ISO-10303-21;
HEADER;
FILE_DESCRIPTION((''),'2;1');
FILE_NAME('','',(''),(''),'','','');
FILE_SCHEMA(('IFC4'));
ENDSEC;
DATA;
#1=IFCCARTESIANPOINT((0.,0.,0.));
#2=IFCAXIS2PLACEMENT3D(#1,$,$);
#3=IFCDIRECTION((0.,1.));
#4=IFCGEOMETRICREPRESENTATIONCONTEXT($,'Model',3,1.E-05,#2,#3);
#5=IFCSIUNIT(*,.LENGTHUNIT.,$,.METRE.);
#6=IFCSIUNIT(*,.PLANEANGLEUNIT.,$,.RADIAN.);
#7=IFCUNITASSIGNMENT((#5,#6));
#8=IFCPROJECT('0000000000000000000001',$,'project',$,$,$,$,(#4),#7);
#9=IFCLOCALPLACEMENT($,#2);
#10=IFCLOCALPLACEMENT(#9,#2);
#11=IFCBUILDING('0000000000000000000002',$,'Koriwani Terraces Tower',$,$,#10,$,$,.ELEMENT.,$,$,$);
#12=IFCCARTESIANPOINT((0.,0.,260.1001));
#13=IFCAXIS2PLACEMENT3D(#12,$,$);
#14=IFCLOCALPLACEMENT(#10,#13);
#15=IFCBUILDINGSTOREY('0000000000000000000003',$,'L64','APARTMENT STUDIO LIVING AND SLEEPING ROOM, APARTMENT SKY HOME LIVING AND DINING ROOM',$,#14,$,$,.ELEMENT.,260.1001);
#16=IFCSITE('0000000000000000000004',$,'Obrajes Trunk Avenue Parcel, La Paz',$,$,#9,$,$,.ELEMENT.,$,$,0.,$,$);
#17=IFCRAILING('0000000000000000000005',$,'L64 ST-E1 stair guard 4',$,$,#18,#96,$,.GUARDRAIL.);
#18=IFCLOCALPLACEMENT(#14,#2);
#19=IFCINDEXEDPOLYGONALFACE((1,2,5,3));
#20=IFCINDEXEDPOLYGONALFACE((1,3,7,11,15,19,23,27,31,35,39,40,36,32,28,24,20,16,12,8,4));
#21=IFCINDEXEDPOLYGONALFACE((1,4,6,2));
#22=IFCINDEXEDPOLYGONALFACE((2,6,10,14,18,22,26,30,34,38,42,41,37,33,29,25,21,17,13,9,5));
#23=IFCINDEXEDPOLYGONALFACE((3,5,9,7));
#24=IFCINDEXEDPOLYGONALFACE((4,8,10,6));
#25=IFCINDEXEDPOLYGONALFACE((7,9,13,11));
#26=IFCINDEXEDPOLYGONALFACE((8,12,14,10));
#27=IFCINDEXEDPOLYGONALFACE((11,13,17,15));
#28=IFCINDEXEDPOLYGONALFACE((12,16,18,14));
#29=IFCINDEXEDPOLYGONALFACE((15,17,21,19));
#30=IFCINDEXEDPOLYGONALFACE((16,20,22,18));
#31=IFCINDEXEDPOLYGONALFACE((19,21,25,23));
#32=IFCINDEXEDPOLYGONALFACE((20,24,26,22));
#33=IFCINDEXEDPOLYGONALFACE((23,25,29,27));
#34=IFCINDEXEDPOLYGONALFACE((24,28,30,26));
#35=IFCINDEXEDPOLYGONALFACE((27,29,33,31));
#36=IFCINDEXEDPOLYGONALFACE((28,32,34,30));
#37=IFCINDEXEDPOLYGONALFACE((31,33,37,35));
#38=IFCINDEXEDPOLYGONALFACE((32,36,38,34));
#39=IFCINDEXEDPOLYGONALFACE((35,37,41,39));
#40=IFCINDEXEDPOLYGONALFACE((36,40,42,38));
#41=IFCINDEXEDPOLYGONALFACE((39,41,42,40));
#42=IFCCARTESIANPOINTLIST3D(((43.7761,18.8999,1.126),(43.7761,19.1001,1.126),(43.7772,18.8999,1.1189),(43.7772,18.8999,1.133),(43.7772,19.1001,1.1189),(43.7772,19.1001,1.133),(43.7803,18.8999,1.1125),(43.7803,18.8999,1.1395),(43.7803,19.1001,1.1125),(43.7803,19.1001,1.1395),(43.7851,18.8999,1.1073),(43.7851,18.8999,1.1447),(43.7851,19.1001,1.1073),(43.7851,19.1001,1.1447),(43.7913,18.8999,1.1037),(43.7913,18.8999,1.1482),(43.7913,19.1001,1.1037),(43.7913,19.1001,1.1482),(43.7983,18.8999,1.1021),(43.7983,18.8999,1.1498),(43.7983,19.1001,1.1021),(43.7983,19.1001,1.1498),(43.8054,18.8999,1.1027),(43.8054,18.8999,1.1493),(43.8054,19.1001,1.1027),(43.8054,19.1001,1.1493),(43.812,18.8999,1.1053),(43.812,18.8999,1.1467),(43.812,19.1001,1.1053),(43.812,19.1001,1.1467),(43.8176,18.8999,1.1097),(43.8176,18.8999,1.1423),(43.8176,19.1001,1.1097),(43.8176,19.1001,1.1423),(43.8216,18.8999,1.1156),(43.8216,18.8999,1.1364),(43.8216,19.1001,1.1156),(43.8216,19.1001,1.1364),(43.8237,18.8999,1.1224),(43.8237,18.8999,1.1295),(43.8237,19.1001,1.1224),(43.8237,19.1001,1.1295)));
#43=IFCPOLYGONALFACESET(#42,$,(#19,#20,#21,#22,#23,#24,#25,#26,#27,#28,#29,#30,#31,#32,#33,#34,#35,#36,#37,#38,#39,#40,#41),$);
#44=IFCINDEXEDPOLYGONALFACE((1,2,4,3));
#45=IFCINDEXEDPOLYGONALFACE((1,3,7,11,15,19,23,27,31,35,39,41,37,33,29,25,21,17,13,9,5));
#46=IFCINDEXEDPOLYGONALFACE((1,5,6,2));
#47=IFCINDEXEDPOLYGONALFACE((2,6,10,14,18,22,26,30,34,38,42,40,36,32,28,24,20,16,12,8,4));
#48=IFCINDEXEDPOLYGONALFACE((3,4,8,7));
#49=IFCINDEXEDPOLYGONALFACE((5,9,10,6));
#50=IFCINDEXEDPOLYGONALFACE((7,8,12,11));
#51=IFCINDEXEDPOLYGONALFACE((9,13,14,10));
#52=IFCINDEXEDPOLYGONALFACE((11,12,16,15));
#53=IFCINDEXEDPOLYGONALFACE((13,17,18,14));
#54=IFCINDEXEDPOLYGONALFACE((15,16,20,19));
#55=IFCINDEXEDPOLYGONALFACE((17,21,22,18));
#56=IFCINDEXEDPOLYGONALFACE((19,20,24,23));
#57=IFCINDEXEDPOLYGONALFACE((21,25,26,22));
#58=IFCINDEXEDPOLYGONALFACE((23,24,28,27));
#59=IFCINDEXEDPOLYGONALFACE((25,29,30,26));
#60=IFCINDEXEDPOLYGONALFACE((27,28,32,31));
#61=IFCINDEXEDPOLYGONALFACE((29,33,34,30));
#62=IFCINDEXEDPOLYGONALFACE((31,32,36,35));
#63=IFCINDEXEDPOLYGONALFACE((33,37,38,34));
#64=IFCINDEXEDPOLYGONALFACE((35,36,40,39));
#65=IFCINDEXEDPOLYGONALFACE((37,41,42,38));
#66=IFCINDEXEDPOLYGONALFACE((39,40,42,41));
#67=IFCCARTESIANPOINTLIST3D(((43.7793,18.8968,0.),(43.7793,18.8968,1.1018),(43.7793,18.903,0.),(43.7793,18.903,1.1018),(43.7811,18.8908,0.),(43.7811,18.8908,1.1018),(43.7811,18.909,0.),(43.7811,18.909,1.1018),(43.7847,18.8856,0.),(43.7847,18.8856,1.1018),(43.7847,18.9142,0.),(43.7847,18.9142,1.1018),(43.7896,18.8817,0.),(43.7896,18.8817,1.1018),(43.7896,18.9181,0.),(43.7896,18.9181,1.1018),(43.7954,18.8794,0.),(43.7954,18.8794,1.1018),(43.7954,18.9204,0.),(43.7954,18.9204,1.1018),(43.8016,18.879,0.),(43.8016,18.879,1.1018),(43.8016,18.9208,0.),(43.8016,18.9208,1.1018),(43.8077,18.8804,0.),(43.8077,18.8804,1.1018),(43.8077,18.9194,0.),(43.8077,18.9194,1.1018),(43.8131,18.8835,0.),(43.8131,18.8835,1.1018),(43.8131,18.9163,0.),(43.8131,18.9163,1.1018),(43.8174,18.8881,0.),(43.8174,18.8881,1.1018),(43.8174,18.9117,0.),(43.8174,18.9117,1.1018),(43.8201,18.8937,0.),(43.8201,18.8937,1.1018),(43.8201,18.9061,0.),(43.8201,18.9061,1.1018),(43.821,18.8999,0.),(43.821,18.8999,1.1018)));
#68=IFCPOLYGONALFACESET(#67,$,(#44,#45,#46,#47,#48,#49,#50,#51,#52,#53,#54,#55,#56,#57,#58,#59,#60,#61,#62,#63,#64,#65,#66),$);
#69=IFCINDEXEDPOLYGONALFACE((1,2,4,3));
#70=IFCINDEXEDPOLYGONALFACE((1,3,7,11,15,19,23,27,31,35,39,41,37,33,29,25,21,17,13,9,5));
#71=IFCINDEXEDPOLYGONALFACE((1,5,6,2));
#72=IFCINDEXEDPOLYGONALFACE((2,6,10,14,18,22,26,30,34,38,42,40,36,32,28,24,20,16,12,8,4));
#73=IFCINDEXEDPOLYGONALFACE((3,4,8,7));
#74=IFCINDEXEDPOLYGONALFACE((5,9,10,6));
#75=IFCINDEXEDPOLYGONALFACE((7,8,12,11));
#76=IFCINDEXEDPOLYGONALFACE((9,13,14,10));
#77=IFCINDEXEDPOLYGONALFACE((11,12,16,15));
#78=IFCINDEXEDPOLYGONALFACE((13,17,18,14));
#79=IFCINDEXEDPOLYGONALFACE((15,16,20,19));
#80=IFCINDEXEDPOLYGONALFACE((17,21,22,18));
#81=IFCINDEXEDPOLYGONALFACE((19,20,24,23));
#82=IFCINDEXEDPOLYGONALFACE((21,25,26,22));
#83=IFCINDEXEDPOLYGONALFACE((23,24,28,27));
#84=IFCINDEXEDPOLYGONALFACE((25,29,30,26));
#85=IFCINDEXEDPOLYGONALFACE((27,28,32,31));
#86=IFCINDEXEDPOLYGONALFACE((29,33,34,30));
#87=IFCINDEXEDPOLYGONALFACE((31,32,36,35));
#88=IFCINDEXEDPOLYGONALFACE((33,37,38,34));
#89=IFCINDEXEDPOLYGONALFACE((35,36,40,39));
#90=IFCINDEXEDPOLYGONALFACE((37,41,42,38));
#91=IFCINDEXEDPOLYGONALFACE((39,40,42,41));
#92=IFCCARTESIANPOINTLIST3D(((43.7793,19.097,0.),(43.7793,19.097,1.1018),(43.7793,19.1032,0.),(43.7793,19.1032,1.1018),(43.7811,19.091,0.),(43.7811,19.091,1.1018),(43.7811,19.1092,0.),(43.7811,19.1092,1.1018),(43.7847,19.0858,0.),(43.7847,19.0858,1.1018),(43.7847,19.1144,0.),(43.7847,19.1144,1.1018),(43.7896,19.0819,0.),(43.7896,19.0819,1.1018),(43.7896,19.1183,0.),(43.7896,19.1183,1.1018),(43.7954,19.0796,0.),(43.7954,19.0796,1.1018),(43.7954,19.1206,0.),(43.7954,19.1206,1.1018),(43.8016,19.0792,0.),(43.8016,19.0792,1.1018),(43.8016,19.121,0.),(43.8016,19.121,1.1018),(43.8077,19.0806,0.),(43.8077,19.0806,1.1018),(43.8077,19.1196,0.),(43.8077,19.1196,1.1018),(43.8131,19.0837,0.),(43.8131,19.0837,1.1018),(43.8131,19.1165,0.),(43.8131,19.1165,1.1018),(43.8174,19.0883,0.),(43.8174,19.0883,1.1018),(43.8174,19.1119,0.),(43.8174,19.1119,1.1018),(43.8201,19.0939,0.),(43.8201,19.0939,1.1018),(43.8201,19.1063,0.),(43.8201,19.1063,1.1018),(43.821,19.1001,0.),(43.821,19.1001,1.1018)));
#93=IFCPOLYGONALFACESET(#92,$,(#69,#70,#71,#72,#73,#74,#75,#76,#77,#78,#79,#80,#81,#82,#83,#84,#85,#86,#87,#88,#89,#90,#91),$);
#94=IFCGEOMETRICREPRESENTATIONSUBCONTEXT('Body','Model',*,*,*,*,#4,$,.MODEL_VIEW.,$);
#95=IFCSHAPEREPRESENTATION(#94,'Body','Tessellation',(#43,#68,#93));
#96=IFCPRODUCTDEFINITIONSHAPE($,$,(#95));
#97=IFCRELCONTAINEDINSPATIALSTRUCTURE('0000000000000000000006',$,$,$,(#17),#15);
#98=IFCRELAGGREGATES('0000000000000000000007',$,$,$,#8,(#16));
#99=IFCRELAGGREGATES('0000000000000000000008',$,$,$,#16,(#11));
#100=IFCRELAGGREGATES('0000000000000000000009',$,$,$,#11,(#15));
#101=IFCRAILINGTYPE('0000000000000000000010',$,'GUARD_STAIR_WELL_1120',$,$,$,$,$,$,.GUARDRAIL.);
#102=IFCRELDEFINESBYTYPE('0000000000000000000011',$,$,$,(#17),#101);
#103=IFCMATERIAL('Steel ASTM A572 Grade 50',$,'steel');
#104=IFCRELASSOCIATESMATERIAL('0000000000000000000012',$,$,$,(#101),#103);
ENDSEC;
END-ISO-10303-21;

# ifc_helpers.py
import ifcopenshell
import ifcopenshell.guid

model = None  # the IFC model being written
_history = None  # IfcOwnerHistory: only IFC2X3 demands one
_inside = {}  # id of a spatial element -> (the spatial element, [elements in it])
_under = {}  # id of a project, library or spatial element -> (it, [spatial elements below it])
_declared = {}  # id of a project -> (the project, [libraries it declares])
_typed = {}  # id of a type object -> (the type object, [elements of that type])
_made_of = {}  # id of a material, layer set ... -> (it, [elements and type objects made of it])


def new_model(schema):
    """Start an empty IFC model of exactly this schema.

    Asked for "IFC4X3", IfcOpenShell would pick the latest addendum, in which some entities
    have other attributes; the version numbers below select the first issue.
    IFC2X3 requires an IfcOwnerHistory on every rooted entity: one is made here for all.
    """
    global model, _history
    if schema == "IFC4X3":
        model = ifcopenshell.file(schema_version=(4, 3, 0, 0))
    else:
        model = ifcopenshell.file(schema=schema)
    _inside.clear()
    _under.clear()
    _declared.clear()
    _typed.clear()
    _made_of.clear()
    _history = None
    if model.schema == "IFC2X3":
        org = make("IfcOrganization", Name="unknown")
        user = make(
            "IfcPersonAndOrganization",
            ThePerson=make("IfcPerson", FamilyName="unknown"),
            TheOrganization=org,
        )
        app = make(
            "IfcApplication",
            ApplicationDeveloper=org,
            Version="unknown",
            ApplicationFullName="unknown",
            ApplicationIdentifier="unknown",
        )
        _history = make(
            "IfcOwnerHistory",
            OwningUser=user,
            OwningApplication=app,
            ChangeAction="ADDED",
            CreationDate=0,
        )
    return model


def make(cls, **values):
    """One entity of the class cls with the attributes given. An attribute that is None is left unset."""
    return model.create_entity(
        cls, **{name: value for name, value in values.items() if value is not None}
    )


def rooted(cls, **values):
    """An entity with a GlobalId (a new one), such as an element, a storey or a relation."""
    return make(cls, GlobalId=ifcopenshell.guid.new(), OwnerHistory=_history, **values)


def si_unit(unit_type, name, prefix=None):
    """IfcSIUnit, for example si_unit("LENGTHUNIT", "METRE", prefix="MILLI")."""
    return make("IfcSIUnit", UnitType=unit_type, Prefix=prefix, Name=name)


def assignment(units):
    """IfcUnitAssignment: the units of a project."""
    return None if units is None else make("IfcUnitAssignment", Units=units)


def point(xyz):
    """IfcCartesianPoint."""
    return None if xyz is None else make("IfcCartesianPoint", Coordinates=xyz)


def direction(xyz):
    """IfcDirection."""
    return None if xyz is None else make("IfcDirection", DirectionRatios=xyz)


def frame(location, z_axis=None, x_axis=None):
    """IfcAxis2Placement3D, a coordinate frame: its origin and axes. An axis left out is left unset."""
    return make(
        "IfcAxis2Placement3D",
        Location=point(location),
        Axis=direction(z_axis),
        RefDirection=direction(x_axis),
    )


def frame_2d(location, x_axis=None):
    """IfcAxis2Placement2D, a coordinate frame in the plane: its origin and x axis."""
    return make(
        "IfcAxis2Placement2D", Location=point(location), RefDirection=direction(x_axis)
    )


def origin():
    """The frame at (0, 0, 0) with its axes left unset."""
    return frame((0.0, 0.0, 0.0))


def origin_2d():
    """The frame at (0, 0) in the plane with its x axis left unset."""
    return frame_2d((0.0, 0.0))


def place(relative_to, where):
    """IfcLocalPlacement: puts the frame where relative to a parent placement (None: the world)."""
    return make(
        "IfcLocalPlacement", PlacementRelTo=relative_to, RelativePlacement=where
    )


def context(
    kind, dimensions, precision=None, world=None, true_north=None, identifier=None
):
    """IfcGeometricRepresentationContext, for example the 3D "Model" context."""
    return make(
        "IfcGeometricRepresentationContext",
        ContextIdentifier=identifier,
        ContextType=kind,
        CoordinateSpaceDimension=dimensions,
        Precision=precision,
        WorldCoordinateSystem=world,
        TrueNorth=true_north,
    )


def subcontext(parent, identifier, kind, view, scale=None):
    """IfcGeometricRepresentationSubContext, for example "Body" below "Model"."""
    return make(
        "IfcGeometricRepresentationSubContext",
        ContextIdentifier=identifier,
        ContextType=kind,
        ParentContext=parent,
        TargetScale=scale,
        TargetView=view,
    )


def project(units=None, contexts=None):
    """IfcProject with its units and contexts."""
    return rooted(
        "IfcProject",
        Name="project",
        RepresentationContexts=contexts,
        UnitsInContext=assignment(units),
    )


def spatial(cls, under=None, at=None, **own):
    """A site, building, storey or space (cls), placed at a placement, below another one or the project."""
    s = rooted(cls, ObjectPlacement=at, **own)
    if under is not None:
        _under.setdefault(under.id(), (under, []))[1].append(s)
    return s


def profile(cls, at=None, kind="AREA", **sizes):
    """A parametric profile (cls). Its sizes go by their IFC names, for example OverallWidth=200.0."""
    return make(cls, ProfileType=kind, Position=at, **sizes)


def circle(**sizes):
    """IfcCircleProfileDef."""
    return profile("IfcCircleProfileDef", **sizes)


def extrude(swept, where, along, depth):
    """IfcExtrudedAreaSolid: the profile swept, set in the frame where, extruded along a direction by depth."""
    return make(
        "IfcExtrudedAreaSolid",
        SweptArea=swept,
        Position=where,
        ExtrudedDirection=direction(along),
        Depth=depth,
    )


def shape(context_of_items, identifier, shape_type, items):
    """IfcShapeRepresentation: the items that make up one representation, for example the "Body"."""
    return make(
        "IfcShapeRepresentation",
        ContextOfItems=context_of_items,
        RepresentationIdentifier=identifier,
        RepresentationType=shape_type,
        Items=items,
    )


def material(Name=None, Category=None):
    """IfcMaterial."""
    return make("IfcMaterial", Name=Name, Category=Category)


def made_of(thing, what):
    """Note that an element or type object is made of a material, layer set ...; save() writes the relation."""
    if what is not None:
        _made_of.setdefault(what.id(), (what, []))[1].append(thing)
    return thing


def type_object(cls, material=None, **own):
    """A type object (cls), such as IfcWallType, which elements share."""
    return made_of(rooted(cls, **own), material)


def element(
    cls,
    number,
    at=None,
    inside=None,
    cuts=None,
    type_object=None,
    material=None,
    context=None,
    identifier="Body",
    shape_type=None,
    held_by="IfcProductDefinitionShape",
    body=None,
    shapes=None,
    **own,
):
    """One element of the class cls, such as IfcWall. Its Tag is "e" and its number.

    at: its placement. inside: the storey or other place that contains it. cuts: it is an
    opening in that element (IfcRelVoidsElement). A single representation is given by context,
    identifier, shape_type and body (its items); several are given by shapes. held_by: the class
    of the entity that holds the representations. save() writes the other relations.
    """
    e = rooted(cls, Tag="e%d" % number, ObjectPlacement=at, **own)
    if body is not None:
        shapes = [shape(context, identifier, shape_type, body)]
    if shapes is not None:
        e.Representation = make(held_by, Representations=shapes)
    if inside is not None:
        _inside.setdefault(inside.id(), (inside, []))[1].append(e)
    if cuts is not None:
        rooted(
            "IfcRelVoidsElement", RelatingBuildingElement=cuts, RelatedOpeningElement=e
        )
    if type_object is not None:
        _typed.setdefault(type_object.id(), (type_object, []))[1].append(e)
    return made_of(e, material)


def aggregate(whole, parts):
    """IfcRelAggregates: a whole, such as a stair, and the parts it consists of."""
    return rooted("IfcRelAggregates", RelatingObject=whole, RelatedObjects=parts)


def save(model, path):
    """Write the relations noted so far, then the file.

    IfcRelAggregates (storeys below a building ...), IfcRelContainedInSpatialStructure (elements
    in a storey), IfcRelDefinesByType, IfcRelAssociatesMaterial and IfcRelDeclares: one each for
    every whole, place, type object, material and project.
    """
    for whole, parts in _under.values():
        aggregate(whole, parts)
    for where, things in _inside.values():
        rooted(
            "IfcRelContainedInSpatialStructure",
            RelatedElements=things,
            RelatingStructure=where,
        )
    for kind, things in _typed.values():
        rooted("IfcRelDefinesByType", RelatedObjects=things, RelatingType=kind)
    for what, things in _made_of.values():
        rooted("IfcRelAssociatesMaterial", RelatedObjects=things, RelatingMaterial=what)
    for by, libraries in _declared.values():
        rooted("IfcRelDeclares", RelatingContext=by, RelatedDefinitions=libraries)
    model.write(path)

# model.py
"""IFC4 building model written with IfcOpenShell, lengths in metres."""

from ifc_helpers import new_model, si_unit, direction, frame, origin, origin_2d, place, context, subcontext, project, spatial, circle, extrude, material, type_object, element, save


model = new_model("IFC4")

# Units and contexts
model_context = context("Model", 3, precision=1e-05, world=origin(), true_north=direction((0.0, 1.0)))
body_context = subcontext(model_context, "Body", "Model", "MODEL_VIEW")
ifc_project = project(units=[si_unit("LENGTHUNIT", "METRE"), si_unit("PLANEANGLEUNIT", "RADIAN")], contexts=[model_context])

# Site, building, storey
site_placement = place(None, origin())
site = spatial("IfcSite", under=ifc_project, at=site_placement, Name="Obrajes Trunk Avenue Parcel, La Paz", CompositionType="ELEMENT", RefElevation=0.0)
building_placement = place(site_placement, origin())
building = spatial("IfcBuilding", under=site, at=building_placement, Name="Koriwani Terraces Tower", CompositionType="ELEMENT")
storey_placement = place(building_placement, frame((0.0, 0.0, 260.1001)))
storey = spatial("IfcBuildingStorey", under=building, at=storey_placement, Name="L64", Description="APARTMENT STUDIO LIVING AND SLEEPING ROOM, APARTMENT SKY HOME LIVING AND DINING ROOM", CompositionType="ELEMENT", Elevation=260.1001)

# Shared definitions
ifc_material_1 = material(Name="Steel ASTM A572 Grade 50", Category="steel")

# Railing
railing_type_1 = type_object("IfcRailingType", Name="GUARD_STAIR_WELL_1120", PredefinedType="GUARDRAIL", material=ifc_material_1)
railing_1_placement = place(storey_placement, frame((43.8, 18.8999, 0.0)))
element("IfcRailing", 1, at=railing_1_placement, inside=storey, type_object=railing_type_1, Name="L64 ST-E1 stair guard 4", PredefinedType="GUARDRAIL", context=body_context, shape_type="SweptSolid", body=[
    extrude(circle(Radius=0.0239, at=origin_2d()), frame((0.0, 0.0, 1.126), z_axis=(0.0, 1.0, 0.0), x_axis=(-1.0, 0.0, 0.0)), (0.0, 0.0, 1.0), 0.2002),
    extrude(circle(Radius=0.021, at=origin_2d()), origin(), (0.0, 0.0, 1.0), 1.1018),
    extrude(circle(Radius=0.021, at=origin_2d()), frame((0.0, 0.2002, 0.0)), (0.0, 0.0, 1.0), 1.1018),
])

save(model, "model.ifc")
